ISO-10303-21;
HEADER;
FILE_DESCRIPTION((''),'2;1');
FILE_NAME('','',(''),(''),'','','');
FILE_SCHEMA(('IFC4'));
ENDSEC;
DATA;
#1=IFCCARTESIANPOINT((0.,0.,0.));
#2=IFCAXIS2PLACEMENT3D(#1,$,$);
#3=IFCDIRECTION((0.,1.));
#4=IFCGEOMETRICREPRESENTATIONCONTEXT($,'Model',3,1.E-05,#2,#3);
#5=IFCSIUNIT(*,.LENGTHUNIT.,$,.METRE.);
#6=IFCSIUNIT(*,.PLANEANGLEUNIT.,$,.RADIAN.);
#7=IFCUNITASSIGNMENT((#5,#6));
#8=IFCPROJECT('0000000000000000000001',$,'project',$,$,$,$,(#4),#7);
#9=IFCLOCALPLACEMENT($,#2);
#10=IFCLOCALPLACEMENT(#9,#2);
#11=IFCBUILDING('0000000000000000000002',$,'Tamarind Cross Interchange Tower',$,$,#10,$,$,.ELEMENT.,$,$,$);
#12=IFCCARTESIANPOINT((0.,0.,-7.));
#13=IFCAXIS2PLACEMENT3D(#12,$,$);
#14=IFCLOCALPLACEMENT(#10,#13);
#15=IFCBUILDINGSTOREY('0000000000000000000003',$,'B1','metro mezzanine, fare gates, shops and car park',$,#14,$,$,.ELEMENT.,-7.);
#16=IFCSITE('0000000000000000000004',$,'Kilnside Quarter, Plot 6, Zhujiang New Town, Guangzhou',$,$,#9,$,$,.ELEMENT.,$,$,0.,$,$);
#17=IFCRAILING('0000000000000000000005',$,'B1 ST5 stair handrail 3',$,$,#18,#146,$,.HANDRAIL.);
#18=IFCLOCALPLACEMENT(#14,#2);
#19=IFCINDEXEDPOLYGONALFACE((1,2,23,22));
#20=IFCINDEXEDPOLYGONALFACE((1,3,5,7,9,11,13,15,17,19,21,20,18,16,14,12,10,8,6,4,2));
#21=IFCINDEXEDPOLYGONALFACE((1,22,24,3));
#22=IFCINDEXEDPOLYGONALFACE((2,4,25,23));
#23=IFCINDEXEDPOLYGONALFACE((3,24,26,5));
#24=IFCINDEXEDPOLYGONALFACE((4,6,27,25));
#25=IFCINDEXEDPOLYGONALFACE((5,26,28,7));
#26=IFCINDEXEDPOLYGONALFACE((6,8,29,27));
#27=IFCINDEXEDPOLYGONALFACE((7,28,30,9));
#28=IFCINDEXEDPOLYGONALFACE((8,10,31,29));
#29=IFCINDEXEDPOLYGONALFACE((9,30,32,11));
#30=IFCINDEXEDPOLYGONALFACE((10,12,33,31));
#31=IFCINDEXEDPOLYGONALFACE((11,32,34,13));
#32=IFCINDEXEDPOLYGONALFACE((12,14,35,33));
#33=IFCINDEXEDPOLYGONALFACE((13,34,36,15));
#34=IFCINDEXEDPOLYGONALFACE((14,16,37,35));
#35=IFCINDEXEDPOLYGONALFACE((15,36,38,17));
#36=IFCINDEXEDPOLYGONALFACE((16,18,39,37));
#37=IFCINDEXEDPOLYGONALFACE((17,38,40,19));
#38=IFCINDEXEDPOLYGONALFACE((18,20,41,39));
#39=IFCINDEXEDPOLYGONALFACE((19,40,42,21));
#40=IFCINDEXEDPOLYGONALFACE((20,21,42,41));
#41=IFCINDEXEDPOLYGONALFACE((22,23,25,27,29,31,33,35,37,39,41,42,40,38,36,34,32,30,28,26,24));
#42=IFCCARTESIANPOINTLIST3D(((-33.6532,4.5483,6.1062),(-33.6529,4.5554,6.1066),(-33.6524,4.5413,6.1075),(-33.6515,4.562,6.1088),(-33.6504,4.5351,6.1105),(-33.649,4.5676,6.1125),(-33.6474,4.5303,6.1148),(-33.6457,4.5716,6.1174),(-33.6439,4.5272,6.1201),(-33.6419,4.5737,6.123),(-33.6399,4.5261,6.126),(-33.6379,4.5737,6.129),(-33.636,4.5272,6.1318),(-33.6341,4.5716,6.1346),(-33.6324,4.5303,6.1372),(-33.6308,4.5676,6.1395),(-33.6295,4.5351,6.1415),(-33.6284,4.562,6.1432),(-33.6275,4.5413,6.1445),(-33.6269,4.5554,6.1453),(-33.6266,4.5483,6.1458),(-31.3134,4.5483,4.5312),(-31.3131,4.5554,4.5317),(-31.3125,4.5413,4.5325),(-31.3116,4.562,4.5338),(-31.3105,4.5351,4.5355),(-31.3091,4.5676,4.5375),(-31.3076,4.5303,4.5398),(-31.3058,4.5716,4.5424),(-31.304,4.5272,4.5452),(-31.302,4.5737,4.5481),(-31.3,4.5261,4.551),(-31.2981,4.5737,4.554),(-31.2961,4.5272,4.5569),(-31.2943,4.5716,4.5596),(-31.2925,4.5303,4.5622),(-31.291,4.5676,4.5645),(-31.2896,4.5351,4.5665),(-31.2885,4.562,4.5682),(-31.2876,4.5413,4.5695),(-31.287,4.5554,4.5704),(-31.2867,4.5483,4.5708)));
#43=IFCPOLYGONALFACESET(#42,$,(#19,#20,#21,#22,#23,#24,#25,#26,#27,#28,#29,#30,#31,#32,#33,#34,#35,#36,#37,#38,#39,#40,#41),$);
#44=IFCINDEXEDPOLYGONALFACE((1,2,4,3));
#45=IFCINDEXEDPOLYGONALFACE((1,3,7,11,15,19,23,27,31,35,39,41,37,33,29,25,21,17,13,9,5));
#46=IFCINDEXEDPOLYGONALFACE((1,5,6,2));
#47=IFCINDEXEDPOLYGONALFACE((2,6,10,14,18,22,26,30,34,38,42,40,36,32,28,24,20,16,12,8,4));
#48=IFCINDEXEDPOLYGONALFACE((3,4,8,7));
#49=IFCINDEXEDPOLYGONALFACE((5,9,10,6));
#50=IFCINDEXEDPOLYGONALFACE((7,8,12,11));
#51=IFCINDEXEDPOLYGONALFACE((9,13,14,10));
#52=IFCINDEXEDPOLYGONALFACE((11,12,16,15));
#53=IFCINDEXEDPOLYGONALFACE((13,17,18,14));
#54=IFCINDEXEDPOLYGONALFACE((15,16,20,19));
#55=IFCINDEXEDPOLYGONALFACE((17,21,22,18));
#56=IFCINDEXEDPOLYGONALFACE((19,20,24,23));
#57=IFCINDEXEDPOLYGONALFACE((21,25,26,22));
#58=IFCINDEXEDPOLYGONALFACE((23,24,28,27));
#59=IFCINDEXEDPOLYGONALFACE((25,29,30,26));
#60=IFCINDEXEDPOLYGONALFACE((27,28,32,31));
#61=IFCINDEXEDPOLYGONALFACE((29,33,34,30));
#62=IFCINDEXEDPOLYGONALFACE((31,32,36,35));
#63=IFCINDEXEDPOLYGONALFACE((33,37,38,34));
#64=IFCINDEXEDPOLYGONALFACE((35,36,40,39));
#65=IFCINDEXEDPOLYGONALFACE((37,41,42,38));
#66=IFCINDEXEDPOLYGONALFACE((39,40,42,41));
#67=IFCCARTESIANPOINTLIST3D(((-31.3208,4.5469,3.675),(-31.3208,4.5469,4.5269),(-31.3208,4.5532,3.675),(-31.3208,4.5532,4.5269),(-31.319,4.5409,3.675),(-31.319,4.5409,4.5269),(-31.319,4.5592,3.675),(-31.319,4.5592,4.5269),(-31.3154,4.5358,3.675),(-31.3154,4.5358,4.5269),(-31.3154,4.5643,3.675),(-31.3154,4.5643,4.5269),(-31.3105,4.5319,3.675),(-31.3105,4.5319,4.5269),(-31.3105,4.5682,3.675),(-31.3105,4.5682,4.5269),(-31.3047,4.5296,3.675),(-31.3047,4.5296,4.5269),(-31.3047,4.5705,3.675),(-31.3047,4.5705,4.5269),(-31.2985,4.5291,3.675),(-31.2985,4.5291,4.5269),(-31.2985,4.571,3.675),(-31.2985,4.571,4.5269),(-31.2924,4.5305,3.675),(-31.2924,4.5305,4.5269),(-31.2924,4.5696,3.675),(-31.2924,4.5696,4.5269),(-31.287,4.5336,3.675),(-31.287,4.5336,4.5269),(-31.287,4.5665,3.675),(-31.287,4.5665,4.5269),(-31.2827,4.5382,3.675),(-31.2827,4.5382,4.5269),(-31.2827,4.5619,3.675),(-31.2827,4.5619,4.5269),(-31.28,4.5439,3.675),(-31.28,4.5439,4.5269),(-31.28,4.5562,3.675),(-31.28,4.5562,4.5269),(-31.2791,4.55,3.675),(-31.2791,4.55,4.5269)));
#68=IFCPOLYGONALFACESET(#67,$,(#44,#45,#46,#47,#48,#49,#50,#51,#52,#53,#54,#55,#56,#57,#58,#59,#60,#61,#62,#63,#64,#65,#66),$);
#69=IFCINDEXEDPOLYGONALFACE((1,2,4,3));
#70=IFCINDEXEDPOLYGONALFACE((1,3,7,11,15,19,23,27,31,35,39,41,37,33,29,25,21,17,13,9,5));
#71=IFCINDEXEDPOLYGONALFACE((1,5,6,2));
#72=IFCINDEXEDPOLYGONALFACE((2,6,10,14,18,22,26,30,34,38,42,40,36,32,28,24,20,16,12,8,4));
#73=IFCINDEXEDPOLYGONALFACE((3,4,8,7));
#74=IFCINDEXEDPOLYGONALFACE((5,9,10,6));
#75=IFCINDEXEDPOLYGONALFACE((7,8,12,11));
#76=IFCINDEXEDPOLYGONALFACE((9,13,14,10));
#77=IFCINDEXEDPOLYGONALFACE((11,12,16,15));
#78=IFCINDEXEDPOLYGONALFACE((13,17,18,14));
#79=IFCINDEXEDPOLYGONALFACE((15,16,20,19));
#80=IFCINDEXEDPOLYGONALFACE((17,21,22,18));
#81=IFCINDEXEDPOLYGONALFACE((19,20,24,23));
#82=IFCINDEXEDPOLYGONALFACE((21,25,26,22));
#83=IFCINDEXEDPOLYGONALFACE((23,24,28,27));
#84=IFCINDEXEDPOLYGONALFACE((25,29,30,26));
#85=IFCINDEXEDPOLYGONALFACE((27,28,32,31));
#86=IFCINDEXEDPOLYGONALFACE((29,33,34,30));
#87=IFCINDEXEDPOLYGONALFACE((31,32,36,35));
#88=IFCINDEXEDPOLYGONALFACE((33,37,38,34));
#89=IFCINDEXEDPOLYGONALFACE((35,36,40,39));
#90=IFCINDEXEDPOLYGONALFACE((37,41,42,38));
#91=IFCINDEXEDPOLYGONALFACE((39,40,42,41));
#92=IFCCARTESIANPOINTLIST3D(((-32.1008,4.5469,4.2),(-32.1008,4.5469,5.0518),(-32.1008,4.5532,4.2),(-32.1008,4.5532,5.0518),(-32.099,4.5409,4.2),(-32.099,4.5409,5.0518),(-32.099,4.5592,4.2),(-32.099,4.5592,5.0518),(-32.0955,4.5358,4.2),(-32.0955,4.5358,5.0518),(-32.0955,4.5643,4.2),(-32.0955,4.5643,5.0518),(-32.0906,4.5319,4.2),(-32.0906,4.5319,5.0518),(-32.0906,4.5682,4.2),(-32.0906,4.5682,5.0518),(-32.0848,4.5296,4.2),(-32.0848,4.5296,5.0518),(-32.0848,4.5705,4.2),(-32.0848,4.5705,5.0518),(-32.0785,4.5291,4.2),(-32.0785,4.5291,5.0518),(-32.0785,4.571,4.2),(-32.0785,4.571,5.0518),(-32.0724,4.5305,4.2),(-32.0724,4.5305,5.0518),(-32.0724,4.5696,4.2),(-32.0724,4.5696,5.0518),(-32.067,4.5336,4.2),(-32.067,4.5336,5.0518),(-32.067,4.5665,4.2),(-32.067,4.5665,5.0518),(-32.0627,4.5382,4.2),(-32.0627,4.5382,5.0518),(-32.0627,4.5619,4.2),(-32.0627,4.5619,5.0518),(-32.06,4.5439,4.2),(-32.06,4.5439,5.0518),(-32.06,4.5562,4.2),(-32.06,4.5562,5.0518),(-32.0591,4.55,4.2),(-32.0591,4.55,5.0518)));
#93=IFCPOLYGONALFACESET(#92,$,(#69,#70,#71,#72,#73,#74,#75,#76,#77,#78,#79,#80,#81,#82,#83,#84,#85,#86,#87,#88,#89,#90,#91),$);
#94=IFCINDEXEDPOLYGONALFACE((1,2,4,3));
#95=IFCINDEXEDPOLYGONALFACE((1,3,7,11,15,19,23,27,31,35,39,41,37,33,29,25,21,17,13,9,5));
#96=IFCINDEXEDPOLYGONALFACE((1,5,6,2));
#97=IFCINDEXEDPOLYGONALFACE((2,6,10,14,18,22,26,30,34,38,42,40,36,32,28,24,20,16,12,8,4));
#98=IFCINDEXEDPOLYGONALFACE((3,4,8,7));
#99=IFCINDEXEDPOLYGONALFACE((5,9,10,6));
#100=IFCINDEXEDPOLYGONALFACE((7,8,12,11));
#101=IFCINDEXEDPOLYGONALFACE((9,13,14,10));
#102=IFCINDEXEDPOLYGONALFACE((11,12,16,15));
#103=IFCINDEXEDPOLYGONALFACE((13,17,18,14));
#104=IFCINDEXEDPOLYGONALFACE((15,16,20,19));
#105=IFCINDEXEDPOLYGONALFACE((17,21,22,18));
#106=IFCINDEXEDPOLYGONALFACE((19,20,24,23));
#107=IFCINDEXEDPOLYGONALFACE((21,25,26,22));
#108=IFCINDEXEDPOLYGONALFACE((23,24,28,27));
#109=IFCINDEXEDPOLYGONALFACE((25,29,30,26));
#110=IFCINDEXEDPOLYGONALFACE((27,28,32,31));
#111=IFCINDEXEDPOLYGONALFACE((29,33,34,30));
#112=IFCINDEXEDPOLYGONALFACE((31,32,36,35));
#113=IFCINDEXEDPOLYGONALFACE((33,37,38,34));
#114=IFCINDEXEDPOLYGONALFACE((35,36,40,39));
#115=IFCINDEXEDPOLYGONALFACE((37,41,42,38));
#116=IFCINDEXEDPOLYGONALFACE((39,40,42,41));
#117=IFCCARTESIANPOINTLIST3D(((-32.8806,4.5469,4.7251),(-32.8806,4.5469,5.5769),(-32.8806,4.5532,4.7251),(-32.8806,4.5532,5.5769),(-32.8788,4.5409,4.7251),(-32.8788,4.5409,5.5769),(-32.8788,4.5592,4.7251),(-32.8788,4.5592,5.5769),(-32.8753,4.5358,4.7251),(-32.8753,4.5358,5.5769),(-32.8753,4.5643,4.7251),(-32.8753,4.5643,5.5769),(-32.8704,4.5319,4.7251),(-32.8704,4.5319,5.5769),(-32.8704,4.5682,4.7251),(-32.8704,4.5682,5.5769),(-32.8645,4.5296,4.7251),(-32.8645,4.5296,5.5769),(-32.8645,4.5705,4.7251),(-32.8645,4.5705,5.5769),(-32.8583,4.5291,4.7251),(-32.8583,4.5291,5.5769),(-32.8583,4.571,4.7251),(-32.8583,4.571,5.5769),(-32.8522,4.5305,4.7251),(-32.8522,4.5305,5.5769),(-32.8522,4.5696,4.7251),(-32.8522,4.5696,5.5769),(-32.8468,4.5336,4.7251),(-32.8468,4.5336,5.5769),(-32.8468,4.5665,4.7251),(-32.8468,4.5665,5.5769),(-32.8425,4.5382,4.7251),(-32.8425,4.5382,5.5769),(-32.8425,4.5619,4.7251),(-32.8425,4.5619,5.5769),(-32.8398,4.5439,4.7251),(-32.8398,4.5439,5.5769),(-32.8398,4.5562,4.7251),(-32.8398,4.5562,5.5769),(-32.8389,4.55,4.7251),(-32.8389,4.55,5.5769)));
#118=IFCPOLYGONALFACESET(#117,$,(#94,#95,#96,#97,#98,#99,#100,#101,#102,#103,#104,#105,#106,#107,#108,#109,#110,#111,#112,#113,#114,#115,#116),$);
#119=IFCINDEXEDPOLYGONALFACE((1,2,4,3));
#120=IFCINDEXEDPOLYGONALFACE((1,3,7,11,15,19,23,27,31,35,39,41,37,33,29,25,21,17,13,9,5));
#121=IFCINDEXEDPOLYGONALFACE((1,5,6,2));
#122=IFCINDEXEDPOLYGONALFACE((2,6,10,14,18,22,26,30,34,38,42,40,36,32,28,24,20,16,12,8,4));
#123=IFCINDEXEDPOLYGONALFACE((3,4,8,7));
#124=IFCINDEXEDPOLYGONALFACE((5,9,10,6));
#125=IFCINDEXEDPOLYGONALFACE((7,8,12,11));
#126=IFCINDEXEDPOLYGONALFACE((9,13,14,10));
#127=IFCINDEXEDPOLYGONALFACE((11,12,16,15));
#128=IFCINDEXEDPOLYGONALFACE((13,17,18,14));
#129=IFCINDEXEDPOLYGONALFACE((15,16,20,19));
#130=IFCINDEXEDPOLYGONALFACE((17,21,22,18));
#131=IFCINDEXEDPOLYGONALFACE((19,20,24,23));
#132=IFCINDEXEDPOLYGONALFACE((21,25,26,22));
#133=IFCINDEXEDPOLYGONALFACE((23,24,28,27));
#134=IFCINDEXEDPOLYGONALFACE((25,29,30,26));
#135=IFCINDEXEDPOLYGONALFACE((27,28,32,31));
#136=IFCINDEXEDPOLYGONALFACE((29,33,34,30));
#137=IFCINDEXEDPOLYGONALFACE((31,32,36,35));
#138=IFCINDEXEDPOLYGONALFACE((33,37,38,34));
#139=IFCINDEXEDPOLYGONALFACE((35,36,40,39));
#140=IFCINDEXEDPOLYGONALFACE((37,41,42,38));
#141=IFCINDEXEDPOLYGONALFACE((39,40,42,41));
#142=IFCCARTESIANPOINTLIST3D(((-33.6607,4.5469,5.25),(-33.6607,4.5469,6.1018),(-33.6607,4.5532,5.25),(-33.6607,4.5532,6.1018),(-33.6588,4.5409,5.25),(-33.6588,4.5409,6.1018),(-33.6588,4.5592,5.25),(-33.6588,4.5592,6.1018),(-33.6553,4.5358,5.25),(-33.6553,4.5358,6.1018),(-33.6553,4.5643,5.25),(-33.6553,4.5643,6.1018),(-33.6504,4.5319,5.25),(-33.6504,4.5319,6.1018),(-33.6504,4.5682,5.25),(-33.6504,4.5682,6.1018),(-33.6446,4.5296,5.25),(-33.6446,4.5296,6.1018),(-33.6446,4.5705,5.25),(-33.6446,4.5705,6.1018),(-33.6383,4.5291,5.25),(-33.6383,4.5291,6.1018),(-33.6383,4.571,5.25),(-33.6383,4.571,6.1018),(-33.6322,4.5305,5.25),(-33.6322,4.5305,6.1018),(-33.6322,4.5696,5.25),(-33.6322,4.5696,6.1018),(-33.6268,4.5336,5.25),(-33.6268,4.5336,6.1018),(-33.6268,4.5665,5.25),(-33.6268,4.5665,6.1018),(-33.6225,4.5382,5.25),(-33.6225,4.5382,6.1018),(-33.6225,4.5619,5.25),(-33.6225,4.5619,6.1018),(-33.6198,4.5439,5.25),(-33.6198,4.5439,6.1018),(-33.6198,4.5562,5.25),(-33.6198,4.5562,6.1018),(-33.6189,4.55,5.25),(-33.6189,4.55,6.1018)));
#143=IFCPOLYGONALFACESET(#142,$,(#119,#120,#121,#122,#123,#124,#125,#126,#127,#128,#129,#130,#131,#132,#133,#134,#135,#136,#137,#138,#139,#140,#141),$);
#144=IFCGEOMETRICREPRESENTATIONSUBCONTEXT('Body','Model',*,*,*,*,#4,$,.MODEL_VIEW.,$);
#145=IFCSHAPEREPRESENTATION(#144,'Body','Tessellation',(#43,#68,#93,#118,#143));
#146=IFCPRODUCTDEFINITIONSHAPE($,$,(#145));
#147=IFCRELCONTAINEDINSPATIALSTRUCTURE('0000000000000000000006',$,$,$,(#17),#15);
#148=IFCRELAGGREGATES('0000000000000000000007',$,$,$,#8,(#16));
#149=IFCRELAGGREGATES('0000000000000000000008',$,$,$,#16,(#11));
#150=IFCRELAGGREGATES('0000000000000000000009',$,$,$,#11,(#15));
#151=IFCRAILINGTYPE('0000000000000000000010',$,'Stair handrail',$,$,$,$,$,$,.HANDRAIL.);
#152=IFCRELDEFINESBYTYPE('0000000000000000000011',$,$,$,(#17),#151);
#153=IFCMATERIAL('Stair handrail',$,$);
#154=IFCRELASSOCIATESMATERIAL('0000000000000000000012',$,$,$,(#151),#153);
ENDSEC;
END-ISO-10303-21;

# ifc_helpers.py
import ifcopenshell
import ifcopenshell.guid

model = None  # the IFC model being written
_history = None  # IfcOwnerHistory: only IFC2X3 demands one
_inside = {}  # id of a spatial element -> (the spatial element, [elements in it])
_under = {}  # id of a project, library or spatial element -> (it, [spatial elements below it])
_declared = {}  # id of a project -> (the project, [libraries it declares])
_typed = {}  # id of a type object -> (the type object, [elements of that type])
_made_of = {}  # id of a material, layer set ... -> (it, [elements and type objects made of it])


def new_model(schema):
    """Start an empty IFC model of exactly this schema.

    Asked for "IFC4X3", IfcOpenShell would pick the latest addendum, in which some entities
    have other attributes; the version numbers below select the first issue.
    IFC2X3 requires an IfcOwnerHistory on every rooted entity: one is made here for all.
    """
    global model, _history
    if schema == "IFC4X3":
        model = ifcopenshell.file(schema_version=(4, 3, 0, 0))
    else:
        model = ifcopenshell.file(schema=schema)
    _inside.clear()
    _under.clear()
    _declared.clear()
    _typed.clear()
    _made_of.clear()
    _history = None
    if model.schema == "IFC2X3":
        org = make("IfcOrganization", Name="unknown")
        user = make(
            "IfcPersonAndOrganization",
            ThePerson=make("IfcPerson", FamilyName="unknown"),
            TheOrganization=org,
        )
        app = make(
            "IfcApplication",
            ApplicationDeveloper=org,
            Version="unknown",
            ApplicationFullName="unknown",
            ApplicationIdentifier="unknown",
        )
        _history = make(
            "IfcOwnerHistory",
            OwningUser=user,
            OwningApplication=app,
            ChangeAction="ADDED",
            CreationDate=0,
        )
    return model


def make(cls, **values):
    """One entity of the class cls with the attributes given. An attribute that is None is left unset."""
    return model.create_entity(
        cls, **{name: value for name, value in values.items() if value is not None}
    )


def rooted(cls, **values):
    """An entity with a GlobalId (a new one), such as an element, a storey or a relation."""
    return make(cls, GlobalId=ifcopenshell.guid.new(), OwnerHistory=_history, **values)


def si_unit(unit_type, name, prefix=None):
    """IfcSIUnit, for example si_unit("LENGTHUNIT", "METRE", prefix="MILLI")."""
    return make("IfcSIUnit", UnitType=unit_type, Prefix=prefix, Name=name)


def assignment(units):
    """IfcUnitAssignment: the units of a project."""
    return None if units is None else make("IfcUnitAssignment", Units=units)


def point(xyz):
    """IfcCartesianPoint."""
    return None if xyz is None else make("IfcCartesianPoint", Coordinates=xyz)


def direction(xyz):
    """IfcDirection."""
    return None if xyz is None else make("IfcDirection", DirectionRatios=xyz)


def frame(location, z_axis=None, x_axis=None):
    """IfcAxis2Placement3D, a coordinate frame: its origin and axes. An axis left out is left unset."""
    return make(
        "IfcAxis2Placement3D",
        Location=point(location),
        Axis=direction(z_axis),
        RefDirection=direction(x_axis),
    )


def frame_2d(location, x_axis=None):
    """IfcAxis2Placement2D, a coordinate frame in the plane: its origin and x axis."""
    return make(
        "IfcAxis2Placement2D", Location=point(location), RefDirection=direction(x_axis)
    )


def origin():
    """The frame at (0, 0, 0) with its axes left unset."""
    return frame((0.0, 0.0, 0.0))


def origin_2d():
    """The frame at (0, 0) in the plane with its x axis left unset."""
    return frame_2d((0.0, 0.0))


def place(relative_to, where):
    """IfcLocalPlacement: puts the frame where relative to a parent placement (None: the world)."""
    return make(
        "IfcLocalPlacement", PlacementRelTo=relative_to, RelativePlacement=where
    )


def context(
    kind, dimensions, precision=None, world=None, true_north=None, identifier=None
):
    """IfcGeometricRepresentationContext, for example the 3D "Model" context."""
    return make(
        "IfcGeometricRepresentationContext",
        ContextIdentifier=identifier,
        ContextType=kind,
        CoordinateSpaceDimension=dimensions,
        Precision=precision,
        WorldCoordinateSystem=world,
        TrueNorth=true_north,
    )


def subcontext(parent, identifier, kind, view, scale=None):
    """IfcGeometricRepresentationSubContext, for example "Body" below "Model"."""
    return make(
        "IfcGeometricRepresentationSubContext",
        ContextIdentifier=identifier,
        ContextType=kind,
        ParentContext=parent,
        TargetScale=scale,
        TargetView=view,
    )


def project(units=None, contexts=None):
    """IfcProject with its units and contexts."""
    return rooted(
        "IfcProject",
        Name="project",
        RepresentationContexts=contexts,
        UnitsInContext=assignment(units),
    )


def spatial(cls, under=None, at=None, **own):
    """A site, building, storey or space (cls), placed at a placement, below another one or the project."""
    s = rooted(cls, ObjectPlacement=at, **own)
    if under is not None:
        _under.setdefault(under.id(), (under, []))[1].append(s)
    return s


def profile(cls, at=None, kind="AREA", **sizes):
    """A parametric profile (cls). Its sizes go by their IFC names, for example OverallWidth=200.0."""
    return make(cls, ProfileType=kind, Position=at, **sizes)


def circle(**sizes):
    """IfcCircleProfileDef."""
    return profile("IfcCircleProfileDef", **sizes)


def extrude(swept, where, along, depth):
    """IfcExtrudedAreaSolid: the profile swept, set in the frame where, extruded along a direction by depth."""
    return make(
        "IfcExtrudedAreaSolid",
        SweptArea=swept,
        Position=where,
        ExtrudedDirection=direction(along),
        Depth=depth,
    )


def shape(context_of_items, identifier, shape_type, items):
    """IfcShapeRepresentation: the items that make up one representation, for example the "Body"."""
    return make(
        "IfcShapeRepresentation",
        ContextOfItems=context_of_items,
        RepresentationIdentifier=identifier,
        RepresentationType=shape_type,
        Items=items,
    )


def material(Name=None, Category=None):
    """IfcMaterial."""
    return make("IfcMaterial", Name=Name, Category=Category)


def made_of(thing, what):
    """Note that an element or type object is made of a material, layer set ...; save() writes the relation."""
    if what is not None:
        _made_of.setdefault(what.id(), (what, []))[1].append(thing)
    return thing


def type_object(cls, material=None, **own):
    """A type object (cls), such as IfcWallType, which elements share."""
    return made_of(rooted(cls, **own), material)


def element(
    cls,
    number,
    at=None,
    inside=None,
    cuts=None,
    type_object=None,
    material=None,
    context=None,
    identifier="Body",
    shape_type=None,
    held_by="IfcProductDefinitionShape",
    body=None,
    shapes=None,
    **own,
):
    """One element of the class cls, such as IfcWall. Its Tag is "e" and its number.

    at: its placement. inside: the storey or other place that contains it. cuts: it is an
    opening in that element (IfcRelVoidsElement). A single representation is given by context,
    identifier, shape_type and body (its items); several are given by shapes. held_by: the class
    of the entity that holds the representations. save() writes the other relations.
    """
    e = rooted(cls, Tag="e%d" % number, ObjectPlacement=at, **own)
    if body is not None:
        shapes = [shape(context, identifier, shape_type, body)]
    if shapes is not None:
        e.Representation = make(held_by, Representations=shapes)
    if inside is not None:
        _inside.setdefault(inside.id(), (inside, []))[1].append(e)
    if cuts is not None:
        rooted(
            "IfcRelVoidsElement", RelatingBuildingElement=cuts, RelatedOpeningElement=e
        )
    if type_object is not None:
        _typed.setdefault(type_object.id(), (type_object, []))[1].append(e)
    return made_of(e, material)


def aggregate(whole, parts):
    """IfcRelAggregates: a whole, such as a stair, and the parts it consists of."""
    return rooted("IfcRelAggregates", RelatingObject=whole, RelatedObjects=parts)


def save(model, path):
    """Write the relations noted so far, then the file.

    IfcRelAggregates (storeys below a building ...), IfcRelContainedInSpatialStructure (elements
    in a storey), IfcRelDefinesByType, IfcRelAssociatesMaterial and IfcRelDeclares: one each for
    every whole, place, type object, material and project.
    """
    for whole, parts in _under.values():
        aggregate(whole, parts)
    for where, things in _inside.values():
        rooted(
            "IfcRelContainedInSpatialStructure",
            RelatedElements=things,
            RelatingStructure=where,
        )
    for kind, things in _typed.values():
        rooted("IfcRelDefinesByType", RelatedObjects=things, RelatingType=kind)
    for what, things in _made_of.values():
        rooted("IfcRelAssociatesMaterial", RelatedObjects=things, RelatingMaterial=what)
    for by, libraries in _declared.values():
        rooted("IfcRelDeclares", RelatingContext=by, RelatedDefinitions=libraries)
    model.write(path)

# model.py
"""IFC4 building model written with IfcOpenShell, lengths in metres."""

from ifc_helpers import new_model, si_unit, direction, frame, origin, origin_2d, place, context, subcontext, project, spatial, circle, extrude, material, type_object, element, save


model = new_model("IFC4")

# Units and contexts
model_context = context("Model", 3, precision=1e-05, world=origin(), true_north=direction((0.0, 1.0)))
body_context = subcontext(model_context, "Body", "Model", "MODEL_VIEW")
ifc_project = project(units=[si_unit("LENGTHUNIT", "METRE"), si_unit("PLANEANGLEUNIT", "RADIAN")], contexts=[model_context])

# Site, building, storey
site_placement = place(None, origin())
site = spatial("IfcSite", under=ifc_project, at=site_placement, Name="Kilnside Quarter, Plot 6, Zhujiang New Town, Guangzhou", CompositionType="ELEMENT", RefElevation=0.0)
building_placement = place(site_placement, origin())
building = spatial("IfcBuilding", under=site, at=building_placement, Name="Tamarind Cross Interchange Tower", CompositionType="ELEMENT")
storey_placement = place(building_placement, frame((0.0, 0.0, -7.0)))
storey = spatial("IfcBuildingStorey", under=building, at=storey_placement, Name="B1", Description="metro mezzanine, fare gates, shops and car park", CompositionType="ELEMENT", Elevation=-7.0)

# Railing
ifc_material_1 = material(Name="Stair handrail")
railing_type_1 = type_object("IfcRailingType", Name="Stair handrail", PredefinedType="HANDRAIL", material=ifc_material_1)
railing_1_placement = place(storey_placement, frame((-31.3, 4.55, 3.675)))
element("IfcRailing", 1, at=railing_1_placement, inside=storey, type_object=railing_type_1, Name="B1 ST5 stair handrail 3", PredefinedType="HANDRAIL", context=body_context, shape_type="SweptSolid", body=[
    extrude(circle(Radius=0.0239, at=origin_2d()), frame((0.0, 0.0, 0.876), z_axis=(-0.829578, 0.0, 0.55839), x_axis=(0.0, -1.0, 0.0)), (0.0, 0.0, 1.0), 2.8206),
    extrude(circle(Radius=0.021, at=origin_2d()), origin(), (0.0, 0.0, 1.0), 0.8518),
    extrude(circle(Radius=0.021, at=origin_2d()), frame((-0.78, 0.0, 0.5249)), (0.0, 0.0, 1.0), 0.8518),
    extrude(circle(Radius=0.021, at=origin_2d()), frame((-1.5598, 0.0, 1.05)), (0.0, 0.0, 1.0), 0.8518),
    extrude(circle(Radius=0.021, at=origin_2d()), frame((-2.3398, 0.0, 1.575)), (0.0, 0.0, 1.0), 0.8518),
])

save(model, "model.ifc")
